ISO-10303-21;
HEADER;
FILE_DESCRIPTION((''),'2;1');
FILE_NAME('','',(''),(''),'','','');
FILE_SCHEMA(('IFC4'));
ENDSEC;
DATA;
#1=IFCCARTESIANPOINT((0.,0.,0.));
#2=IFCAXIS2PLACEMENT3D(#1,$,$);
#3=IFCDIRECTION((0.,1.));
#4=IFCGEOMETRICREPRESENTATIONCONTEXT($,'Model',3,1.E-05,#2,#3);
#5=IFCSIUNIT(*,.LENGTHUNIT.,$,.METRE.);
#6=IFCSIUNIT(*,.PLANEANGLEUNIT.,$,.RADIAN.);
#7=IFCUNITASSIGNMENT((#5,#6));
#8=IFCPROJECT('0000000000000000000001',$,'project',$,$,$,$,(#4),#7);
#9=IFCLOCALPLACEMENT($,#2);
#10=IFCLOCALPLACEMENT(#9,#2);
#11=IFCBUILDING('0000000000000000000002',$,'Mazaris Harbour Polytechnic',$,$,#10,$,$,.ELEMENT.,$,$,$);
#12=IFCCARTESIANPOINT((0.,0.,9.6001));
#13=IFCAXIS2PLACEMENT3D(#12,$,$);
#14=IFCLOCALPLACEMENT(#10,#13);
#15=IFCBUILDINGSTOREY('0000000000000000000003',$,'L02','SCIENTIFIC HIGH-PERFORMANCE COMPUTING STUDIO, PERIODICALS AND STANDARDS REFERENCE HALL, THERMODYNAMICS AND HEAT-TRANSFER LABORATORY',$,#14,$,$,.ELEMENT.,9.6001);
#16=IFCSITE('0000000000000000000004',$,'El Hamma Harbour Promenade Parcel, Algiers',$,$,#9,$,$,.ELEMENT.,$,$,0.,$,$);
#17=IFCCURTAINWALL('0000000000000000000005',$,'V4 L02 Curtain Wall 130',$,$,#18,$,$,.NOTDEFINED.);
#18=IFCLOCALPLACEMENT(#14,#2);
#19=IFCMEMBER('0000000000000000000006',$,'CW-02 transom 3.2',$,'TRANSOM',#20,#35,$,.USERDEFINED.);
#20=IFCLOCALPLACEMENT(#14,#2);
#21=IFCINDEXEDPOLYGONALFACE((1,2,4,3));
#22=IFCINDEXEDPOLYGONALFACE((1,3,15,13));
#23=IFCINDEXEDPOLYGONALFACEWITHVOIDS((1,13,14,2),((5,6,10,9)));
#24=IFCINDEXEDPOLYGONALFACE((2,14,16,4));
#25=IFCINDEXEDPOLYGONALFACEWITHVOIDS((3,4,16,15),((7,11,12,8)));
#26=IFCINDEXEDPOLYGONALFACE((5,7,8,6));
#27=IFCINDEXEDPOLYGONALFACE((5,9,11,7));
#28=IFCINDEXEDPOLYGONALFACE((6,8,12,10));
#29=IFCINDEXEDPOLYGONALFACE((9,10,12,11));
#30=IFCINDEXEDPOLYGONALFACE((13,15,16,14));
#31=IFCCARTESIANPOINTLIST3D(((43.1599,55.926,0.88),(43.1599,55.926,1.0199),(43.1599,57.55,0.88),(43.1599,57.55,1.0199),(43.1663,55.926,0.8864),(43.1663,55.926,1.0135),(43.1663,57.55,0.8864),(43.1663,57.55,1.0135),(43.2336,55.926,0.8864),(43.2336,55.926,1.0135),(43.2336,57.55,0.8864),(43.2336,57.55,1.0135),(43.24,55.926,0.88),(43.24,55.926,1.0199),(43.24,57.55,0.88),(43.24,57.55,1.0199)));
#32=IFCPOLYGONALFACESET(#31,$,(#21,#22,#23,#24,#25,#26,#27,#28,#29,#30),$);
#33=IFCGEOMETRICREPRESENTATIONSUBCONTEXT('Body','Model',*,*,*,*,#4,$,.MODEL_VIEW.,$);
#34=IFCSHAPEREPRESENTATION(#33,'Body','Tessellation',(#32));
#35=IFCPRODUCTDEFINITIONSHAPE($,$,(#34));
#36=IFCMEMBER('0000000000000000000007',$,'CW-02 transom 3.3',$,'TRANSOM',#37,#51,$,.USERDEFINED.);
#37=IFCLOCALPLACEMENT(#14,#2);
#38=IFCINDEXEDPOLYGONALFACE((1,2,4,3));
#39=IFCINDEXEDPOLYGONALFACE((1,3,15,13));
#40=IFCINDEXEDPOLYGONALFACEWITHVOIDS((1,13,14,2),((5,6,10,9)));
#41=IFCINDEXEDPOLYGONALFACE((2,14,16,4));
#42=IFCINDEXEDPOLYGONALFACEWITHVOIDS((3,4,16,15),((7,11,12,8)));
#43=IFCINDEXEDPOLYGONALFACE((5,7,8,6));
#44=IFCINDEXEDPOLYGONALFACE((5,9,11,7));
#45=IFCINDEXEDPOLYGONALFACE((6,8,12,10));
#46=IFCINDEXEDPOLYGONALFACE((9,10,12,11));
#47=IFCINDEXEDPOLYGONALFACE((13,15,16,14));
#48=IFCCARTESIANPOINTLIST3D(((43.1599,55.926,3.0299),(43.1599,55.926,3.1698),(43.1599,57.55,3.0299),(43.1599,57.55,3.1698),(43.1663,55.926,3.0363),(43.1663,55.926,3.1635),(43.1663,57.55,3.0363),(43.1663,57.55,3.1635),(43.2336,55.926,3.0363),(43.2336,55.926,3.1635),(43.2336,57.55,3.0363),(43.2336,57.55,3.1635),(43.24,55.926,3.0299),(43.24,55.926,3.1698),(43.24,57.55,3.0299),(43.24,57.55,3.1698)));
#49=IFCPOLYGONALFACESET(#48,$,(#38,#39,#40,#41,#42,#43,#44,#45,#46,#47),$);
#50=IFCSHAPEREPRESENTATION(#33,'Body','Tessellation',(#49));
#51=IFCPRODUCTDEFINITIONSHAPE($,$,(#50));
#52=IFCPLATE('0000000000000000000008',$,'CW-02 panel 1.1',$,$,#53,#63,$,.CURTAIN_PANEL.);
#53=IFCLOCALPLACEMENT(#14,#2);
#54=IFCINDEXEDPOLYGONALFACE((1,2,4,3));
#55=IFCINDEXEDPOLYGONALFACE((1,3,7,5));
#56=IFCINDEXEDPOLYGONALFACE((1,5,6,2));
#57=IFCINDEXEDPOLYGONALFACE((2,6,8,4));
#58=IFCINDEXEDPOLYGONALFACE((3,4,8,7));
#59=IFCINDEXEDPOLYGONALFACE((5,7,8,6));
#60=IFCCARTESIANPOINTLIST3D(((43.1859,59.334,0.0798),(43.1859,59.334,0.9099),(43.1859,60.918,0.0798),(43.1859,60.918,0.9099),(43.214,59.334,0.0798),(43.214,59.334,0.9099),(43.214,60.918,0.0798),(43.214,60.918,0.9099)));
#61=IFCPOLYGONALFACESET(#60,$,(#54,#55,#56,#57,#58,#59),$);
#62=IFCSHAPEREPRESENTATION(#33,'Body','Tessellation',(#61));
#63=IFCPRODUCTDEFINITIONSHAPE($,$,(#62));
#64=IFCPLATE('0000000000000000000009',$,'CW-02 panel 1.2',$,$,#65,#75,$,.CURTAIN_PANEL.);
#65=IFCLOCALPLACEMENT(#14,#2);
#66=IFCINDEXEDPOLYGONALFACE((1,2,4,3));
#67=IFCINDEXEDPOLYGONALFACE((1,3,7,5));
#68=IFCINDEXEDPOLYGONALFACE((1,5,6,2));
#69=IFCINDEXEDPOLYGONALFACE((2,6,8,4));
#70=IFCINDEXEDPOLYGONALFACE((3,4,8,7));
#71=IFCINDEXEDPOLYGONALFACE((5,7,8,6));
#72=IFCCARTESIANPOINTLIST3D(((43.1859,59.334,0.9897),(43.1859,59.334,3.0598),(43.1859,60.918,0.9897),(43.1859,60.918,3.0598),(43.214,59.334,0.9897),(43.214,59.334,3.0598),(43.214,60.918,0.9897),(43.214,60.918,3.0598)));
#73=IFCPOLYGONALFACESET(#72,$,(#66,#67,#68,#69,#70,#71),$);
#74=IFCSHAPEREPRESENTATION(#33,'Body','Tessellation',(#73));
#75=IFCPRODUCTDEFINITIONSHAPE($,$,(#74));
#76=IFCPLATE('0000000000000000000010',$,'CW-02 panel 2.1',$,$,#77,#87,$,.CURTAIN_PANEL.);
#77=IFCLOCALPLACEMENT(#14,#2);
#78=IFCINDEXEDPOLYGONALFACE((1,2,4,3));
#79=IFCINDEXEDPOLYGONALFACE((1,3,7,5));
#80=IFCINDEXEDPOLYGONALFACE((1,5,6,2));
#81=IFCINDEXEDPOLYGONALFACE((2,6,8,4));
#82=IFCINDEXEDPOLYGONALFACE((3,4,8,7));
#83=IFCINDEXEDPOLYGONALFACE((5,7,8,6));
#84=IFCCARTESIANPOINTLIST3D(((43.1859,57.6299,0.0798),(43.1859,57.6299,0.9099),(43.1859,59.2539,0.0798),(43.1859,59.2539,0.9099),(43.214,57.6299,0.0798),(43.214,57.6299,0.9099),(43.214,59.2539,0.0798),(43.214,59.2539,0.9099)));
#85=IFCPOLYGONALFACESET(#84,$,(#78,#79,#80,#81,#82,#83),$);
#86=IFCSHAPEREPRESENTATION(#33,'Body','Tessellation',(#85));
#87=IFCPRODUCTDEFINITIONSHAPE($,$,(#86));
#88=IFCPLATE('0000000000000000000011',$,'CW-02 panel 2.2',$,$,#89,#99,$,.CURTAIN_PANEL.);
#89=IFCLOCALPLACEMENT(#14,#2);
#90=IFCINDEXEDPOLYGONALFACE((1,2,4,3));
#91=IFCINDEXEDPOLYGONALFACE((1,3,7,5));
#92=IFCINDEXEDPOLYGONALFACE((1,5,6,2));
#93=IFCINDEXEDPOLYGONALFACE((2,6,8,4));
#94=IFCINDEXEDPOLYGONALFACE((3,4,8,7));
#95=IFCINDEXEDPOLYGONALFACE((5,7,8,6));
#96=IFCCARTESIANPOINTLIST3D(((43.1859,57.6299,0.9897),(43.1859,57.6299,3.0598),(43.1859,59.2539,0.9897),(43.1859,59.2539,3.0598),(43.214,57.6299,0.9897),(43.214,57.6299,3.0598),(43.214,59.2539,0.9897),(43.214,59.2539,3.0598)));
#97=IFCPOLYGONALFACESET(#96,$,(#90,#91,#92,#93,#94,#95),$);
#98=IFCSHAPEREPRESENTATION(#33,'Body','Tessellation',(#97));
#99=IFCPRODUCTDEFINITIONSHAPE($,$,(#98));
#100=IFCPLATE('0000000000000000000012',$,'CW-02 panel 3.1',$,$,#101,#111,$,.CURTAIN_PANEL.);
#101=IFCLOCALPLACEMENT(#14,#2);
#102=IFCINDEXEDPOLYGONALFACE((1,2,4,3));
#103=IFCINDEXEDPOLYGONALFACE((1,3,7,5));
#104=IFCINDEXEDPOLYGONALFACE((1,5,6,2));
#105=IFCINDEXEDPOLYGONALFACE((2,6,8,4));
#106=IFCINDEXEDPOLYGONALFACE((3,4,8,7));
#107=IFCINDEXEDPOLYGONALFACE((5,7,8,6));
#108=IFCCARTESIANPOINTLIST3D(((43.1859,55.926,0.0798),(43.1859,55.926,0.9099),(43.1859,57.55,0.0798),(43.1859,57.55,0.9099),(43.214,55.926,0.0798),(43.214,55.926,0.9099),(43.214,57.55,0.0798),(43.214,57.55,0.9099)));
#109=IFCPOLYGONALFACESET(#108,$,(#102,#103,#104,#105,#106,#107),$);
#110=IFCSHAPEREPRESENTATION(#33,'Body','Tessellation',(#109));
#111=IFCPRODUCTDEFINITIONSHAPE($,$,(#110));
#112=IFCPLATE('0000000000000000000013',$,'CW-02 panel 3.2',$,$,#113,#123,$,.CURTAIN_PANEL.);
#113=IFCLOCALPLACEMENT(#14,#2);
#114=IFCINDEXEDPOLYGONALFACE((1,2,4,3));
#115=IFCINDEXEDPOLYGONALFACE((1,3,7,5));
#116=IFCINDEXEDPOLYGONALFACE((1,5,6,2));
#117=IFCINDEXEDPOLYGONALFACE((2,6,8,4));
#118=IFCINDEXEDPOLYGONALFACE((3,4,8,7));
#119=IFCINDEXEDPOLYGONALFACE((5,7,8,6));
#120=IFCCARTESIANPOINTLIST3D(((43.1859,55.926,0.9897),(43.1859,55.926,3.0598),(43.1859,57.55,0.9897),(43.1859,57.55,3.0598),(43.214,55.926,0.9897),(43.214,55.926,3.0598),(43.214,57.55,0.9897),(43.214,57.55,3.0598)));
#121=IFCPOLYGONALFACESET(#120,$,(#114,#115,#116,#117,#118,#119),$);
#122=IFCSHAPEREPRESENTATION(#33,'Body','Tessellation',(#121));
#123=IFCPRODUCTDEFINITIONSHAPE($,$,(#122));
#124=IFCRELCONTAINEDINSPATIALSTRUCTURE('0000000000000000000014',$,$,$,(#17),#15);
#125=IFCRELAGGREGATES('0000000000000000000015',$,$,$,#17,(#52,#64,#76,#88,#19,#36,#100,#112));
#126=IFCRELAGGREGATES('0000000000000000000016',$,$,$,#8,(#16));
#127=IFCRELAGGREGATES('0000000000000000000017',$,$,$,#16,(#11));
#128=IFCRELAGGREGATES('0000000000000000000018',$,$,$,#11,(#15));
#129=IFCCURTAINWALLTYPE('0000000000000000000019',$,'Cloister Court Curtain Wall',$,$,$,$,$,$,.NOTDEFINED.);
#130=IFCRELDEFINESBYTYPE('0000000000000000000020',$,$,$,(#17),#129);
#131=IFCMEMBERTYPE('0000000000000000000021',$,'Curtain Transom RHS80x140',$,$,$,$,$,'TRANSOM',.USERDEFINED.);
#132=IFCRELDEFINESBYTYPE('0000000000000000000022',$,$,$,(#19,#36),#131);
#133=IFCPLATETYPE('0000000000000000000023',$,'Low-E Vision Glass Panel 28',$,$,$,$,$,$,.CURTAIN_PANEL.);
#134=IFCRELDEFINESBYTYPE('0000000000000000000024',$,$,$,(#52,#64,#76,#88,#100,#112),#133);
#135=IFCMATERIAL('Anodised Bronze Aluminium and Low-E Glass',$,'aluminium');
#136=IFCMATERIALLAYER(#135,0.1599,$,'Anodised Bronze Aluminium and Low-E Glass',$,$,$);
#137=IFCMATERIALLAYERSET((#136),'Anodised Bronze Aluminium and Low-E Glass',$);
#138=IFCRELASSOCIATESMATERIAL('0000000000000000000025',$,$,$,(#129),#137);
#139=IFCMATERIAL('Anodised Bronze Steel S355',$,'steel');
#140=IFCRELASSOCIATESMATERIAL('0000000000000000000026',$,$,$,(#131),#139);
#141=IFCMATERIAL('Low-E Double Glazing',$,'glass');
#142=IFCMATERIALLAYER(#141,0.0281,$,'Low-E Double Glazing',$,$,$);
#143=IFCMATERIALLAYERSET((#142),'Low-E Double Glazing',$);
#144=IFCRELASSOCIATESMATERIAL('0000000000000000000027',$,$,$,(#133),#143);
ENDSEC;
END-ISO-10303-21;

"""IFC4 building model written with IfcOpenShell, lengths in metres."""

from ifc_helpers import new_model, si_unit, direction, frame, origin, origin_2d, place, context, subcontext, project, spatial, rectangle, hollow_rectangle, extrude, material, layer, layer_set, material_profile, profile_set, type_object, element, aggregate, save


model = new_model("IFC4")

# Units and contexts
model_context = context("Model", 3, precision=1e-05, world=origin(), true_north=direction((0.0, 1.0)))
body_context = subcontext(model_context, "Body", "Model", "MODEL_VIEW")
ifc_project = project(units=[si_unit("LENGTHUNIT", "METRE"), si_unit("PLANEANGLEUNIT", "RADIAN")], contexts=[model_context])

# Site, building, storey
site_placement = place(None, origin())
site = spatial("IfcSite", under=ifc_project, at=site_placement, Name="El Hamma Harbour Promenade Parcel, Algiers", CompositionType="ELEMENT", RefElevation=0.0)
building_placement = place(site_placement, origin())
building = spatial("IfcBuilding", under=site, at=building_placement, Name="Mazaris Harbour Polytechnic", CompositionType="ELEMENT")
storey_placement = place(building_placement, frame((0.0, 0.0, 9.6001)))
storey = spatial("IfcBuildingStorey", under=building, at=storey_placement, Name="L02", Description="SCIENTIFIC HIGH-PERFORMANCE COMPUTING STUDIO, PERIODICALS AND STANDARDS REFERENCE HALL, THERMODYNAMICS AND HEAT-TRANSFER LABORATORY", CompositionType="ELEMENT", Elevation=9.6001)

# Curtain wall, members, plates
ifc_material_1 = material(Name="Anodised Bronze Aluminium and Low-E Glass", Category="aluminium")
ifc_layer_1 = layer(ifc_material_1, 0.1599, Name="Anodised Bronze Aluminium and Low-E Glass")
ifc_layer_set_1 = layer_set([ifc_layer_1], Name="Anodised Bronze Aluminium and Low-E Glass")
curtain_wall_type = type_object("IfcCurtainWallType", Name="Cloister Court Curtain Wall", PredefinedType="NOTDEFINED", material=ifc_layer_set_1)
curtain_wall_placement = place(storey_placement, origin())
curtain_wall = element("IfcCurtainWall", 1, at=curtain_wall_placement, inside=storey, type_object=curtain_wall_type, Name="V4 L02 Curtain Wall 130", PredefinedType="NOTDEFINED")
ifc_material_2 = material(Name="Anodised Bronze Steel S355", Category="steel")
ifc_material_profile_1 = material_profile(ifc_material_2, hollow_rectangle(XDim=0.0801, YDim=0.1399, WallThickness=0.0063, at=origin_2d()), Name="RHS 80x140x6.3")
ifc_profile_set_1 = profile_set([ifc_material_profile_1], Name="Anodised Bronze Steel S355")
member_type_1 = type_object("IfcMemberType", Name="Curtain Transom RHS80x140", ElementType="TRANSOM", PredefinedType="USERDEFINED", material=ifc_profile_set_1)
member_1_placement = place(storey_placement, frame((43.2, 57.55, 0.95), z_axis=(0.0, -1.0, 0.0), x_axis=(1.0, 0.0, 0.0)))
member_1 = element("IfcMember", 2, at=member_1_placement, type_object=member_type_1, Name="CW-02 transom 3.2", ObjectType="TRANSOM", PredefinedType="USERDEFINED", context=body_context, shape_type="SweptSolid", body=[
    extrude(hollow_rectangle(XDim=0.0801, YDim=0.1399, WallThickness=0.0063, at=origin_2d()), origin(), (0.0, 0.0, 1.0), 1.624),
])
member_2_placement = place(storey_placement, frame((43.2, 57.55, 3.0999), z_axis=(0.0, -1.0, 0.0), x_axis=(1.0, 0.0, 0.0)))
member_2 = element("IfcMember", 3, at=member_2_placement, type_object=member_type_1, Name="CW-02 transom 3.3", ObjectType="TRANSOM", PredefinedType="USERDEFINED", context=body_context, shape_type="SweptSolid", body=[
    extrude(hollow_rectangle(XDim=0.0801, YDim=0.1399, WallThickness=0.0063, at=origin_2d()), origin(), (0.0, 0.0, 1.0), 1.624),
])
ifc_material_3 = material(Name="Low-E Double Glazing", Category="glass")
ifc_layer_2 = layer(ifc_material_3, 0.0281, Name="Low-E Double Glazing")
ifc_layer_set_2 = layer_set([ifc_layer_2], Name="Low-E Double Glazing")
plate_type = type_object("IfcPlateType", Name="Low-E Vision Glass Panel 28", PredefinedType="CURTAIN_PANEL", material=ifc_layer_set_2)
plate_1_placement = place(storey_placement, frame((43.2, 60.126, 0.0798), z_axis=(0.0, 0.0, 1.0), x_axis=(0.0, -1.0, 0.0)))
plate_1 = element("IfcPlate", 4, at=plate_1_placement, type_object=plate_type, Name="CW-02 panel 1.1", PredefinedType="CURTAIN_PANEL", context=body_context, shape_type="SweptSolid", body=[
    extrude(rectangle(XDim=1.584, YDim=0.0281, at=origin_2d()), origin(), (0.0, 0.0, 1.0), 0.8301),
])
plate_2_placement = place(storey_placement, frame((43.2, 60.126, 0.9897), z_axis=(0.0, 0.0, 1.0), x_axis=(0.0, -1.0, 0.0)))
plate_2 = element("IfcPlate", 5, at=plate_2_placement, type_object=plate_type, Name="CW-02 panel 1.2", PredefinedType="CURTAIN_PANEL", context=body_context, shape_type="SweptSolid", body=[
    extrude(rectangle(XDim=1.584, YDim=0.0281, at=origin_2d()), origin(), (0.0, 0.0, 1.0), 2.0701),
])
plate_3_placement = place(storey_placement, frame((43.2, 58.4419, 0.0798), z_axis=(0.0, 0.0, 1.0), x_axis=(0.0, -1.0, 0.0)))
plate_3 = element("IfcPlate", 6, at=plate_3_placement, type_object=plate_type, Name="CW-02 panel 2.1", PredefinedType="CURTAIN_PANEL", context=body_context, shape_type="SweptSolid", body=[
    extrude(rectangle(XDim=1.624, YDim=0.0281, at=origin_2d()), origin(), (0.0, 0.0, 1.0), 0.8301),
])
plate_4_placement = place(storey_placement, frame((43.2, 58.4419, 0.9897), z_axis=(0.0, 0.0, 1.0), x_axis=(0.0, -1.0, 0.0)))
plate_4 = element("IfcPlate", 7, at=plate_4_placement, type_object=plate_type, Name="CW-02 panel 2.2", PredefinedType="CURTAIN_PANEL", context=body_context, shape_type="SweptSolid", body=[
    extrude(rectangle(XDim=1.624, YDim=0.0281, at=origin_2d()), origin(), (0.0, 0.0, 1.0), 2.0701),
])
plate_5_placement = place(storey_placement, frame((43.2, 56.738, 0.0798), z_axis=(0.0, 0.0, 1.0), x_axis=(0.0, -1.0, 0.0)))
plate_5 = element("IfcPlate", 8, at=plate_5_placement, type_object=plate_type, Name="CW-02 panel 3.1", PredefinedType="CURTAIN_PANEL", context=body_context, shape_type="SweptSolid", body=[
    extrude(rectangle(XDim=1.624, YDim=0.0281, at=origin_2d()), origin(), (0.0, 0.0, 1.0), 0.8301),
])
plate_6_placement = place(storey_placement, frame((43.2, 56.738, 0.9897), z_axis=(0.0, 0.0, 1.0), x_axis=(0.0, -1.0, 0.0)))
plate_6 = element("IfcPlate", 9, at=plate_6_placement, type_object=plate_type, Name="CW-02 panel 3.2", PredefinedType="CURTAIN_PANEL", context=body_context, shape_type="SweptSolid", body=[
    extrude(rectangle(XDim=1.624, YDim=0.0281, at=origin_2d()), origin(), (0.0, 0.0, 1.0), 2.0701),
])
aggregate(curtain_wall, [plate_1, plate_2, plate_3, plate_4, member_1, member_2, plate_5, plate_6])

save(model, "model.ifc")
